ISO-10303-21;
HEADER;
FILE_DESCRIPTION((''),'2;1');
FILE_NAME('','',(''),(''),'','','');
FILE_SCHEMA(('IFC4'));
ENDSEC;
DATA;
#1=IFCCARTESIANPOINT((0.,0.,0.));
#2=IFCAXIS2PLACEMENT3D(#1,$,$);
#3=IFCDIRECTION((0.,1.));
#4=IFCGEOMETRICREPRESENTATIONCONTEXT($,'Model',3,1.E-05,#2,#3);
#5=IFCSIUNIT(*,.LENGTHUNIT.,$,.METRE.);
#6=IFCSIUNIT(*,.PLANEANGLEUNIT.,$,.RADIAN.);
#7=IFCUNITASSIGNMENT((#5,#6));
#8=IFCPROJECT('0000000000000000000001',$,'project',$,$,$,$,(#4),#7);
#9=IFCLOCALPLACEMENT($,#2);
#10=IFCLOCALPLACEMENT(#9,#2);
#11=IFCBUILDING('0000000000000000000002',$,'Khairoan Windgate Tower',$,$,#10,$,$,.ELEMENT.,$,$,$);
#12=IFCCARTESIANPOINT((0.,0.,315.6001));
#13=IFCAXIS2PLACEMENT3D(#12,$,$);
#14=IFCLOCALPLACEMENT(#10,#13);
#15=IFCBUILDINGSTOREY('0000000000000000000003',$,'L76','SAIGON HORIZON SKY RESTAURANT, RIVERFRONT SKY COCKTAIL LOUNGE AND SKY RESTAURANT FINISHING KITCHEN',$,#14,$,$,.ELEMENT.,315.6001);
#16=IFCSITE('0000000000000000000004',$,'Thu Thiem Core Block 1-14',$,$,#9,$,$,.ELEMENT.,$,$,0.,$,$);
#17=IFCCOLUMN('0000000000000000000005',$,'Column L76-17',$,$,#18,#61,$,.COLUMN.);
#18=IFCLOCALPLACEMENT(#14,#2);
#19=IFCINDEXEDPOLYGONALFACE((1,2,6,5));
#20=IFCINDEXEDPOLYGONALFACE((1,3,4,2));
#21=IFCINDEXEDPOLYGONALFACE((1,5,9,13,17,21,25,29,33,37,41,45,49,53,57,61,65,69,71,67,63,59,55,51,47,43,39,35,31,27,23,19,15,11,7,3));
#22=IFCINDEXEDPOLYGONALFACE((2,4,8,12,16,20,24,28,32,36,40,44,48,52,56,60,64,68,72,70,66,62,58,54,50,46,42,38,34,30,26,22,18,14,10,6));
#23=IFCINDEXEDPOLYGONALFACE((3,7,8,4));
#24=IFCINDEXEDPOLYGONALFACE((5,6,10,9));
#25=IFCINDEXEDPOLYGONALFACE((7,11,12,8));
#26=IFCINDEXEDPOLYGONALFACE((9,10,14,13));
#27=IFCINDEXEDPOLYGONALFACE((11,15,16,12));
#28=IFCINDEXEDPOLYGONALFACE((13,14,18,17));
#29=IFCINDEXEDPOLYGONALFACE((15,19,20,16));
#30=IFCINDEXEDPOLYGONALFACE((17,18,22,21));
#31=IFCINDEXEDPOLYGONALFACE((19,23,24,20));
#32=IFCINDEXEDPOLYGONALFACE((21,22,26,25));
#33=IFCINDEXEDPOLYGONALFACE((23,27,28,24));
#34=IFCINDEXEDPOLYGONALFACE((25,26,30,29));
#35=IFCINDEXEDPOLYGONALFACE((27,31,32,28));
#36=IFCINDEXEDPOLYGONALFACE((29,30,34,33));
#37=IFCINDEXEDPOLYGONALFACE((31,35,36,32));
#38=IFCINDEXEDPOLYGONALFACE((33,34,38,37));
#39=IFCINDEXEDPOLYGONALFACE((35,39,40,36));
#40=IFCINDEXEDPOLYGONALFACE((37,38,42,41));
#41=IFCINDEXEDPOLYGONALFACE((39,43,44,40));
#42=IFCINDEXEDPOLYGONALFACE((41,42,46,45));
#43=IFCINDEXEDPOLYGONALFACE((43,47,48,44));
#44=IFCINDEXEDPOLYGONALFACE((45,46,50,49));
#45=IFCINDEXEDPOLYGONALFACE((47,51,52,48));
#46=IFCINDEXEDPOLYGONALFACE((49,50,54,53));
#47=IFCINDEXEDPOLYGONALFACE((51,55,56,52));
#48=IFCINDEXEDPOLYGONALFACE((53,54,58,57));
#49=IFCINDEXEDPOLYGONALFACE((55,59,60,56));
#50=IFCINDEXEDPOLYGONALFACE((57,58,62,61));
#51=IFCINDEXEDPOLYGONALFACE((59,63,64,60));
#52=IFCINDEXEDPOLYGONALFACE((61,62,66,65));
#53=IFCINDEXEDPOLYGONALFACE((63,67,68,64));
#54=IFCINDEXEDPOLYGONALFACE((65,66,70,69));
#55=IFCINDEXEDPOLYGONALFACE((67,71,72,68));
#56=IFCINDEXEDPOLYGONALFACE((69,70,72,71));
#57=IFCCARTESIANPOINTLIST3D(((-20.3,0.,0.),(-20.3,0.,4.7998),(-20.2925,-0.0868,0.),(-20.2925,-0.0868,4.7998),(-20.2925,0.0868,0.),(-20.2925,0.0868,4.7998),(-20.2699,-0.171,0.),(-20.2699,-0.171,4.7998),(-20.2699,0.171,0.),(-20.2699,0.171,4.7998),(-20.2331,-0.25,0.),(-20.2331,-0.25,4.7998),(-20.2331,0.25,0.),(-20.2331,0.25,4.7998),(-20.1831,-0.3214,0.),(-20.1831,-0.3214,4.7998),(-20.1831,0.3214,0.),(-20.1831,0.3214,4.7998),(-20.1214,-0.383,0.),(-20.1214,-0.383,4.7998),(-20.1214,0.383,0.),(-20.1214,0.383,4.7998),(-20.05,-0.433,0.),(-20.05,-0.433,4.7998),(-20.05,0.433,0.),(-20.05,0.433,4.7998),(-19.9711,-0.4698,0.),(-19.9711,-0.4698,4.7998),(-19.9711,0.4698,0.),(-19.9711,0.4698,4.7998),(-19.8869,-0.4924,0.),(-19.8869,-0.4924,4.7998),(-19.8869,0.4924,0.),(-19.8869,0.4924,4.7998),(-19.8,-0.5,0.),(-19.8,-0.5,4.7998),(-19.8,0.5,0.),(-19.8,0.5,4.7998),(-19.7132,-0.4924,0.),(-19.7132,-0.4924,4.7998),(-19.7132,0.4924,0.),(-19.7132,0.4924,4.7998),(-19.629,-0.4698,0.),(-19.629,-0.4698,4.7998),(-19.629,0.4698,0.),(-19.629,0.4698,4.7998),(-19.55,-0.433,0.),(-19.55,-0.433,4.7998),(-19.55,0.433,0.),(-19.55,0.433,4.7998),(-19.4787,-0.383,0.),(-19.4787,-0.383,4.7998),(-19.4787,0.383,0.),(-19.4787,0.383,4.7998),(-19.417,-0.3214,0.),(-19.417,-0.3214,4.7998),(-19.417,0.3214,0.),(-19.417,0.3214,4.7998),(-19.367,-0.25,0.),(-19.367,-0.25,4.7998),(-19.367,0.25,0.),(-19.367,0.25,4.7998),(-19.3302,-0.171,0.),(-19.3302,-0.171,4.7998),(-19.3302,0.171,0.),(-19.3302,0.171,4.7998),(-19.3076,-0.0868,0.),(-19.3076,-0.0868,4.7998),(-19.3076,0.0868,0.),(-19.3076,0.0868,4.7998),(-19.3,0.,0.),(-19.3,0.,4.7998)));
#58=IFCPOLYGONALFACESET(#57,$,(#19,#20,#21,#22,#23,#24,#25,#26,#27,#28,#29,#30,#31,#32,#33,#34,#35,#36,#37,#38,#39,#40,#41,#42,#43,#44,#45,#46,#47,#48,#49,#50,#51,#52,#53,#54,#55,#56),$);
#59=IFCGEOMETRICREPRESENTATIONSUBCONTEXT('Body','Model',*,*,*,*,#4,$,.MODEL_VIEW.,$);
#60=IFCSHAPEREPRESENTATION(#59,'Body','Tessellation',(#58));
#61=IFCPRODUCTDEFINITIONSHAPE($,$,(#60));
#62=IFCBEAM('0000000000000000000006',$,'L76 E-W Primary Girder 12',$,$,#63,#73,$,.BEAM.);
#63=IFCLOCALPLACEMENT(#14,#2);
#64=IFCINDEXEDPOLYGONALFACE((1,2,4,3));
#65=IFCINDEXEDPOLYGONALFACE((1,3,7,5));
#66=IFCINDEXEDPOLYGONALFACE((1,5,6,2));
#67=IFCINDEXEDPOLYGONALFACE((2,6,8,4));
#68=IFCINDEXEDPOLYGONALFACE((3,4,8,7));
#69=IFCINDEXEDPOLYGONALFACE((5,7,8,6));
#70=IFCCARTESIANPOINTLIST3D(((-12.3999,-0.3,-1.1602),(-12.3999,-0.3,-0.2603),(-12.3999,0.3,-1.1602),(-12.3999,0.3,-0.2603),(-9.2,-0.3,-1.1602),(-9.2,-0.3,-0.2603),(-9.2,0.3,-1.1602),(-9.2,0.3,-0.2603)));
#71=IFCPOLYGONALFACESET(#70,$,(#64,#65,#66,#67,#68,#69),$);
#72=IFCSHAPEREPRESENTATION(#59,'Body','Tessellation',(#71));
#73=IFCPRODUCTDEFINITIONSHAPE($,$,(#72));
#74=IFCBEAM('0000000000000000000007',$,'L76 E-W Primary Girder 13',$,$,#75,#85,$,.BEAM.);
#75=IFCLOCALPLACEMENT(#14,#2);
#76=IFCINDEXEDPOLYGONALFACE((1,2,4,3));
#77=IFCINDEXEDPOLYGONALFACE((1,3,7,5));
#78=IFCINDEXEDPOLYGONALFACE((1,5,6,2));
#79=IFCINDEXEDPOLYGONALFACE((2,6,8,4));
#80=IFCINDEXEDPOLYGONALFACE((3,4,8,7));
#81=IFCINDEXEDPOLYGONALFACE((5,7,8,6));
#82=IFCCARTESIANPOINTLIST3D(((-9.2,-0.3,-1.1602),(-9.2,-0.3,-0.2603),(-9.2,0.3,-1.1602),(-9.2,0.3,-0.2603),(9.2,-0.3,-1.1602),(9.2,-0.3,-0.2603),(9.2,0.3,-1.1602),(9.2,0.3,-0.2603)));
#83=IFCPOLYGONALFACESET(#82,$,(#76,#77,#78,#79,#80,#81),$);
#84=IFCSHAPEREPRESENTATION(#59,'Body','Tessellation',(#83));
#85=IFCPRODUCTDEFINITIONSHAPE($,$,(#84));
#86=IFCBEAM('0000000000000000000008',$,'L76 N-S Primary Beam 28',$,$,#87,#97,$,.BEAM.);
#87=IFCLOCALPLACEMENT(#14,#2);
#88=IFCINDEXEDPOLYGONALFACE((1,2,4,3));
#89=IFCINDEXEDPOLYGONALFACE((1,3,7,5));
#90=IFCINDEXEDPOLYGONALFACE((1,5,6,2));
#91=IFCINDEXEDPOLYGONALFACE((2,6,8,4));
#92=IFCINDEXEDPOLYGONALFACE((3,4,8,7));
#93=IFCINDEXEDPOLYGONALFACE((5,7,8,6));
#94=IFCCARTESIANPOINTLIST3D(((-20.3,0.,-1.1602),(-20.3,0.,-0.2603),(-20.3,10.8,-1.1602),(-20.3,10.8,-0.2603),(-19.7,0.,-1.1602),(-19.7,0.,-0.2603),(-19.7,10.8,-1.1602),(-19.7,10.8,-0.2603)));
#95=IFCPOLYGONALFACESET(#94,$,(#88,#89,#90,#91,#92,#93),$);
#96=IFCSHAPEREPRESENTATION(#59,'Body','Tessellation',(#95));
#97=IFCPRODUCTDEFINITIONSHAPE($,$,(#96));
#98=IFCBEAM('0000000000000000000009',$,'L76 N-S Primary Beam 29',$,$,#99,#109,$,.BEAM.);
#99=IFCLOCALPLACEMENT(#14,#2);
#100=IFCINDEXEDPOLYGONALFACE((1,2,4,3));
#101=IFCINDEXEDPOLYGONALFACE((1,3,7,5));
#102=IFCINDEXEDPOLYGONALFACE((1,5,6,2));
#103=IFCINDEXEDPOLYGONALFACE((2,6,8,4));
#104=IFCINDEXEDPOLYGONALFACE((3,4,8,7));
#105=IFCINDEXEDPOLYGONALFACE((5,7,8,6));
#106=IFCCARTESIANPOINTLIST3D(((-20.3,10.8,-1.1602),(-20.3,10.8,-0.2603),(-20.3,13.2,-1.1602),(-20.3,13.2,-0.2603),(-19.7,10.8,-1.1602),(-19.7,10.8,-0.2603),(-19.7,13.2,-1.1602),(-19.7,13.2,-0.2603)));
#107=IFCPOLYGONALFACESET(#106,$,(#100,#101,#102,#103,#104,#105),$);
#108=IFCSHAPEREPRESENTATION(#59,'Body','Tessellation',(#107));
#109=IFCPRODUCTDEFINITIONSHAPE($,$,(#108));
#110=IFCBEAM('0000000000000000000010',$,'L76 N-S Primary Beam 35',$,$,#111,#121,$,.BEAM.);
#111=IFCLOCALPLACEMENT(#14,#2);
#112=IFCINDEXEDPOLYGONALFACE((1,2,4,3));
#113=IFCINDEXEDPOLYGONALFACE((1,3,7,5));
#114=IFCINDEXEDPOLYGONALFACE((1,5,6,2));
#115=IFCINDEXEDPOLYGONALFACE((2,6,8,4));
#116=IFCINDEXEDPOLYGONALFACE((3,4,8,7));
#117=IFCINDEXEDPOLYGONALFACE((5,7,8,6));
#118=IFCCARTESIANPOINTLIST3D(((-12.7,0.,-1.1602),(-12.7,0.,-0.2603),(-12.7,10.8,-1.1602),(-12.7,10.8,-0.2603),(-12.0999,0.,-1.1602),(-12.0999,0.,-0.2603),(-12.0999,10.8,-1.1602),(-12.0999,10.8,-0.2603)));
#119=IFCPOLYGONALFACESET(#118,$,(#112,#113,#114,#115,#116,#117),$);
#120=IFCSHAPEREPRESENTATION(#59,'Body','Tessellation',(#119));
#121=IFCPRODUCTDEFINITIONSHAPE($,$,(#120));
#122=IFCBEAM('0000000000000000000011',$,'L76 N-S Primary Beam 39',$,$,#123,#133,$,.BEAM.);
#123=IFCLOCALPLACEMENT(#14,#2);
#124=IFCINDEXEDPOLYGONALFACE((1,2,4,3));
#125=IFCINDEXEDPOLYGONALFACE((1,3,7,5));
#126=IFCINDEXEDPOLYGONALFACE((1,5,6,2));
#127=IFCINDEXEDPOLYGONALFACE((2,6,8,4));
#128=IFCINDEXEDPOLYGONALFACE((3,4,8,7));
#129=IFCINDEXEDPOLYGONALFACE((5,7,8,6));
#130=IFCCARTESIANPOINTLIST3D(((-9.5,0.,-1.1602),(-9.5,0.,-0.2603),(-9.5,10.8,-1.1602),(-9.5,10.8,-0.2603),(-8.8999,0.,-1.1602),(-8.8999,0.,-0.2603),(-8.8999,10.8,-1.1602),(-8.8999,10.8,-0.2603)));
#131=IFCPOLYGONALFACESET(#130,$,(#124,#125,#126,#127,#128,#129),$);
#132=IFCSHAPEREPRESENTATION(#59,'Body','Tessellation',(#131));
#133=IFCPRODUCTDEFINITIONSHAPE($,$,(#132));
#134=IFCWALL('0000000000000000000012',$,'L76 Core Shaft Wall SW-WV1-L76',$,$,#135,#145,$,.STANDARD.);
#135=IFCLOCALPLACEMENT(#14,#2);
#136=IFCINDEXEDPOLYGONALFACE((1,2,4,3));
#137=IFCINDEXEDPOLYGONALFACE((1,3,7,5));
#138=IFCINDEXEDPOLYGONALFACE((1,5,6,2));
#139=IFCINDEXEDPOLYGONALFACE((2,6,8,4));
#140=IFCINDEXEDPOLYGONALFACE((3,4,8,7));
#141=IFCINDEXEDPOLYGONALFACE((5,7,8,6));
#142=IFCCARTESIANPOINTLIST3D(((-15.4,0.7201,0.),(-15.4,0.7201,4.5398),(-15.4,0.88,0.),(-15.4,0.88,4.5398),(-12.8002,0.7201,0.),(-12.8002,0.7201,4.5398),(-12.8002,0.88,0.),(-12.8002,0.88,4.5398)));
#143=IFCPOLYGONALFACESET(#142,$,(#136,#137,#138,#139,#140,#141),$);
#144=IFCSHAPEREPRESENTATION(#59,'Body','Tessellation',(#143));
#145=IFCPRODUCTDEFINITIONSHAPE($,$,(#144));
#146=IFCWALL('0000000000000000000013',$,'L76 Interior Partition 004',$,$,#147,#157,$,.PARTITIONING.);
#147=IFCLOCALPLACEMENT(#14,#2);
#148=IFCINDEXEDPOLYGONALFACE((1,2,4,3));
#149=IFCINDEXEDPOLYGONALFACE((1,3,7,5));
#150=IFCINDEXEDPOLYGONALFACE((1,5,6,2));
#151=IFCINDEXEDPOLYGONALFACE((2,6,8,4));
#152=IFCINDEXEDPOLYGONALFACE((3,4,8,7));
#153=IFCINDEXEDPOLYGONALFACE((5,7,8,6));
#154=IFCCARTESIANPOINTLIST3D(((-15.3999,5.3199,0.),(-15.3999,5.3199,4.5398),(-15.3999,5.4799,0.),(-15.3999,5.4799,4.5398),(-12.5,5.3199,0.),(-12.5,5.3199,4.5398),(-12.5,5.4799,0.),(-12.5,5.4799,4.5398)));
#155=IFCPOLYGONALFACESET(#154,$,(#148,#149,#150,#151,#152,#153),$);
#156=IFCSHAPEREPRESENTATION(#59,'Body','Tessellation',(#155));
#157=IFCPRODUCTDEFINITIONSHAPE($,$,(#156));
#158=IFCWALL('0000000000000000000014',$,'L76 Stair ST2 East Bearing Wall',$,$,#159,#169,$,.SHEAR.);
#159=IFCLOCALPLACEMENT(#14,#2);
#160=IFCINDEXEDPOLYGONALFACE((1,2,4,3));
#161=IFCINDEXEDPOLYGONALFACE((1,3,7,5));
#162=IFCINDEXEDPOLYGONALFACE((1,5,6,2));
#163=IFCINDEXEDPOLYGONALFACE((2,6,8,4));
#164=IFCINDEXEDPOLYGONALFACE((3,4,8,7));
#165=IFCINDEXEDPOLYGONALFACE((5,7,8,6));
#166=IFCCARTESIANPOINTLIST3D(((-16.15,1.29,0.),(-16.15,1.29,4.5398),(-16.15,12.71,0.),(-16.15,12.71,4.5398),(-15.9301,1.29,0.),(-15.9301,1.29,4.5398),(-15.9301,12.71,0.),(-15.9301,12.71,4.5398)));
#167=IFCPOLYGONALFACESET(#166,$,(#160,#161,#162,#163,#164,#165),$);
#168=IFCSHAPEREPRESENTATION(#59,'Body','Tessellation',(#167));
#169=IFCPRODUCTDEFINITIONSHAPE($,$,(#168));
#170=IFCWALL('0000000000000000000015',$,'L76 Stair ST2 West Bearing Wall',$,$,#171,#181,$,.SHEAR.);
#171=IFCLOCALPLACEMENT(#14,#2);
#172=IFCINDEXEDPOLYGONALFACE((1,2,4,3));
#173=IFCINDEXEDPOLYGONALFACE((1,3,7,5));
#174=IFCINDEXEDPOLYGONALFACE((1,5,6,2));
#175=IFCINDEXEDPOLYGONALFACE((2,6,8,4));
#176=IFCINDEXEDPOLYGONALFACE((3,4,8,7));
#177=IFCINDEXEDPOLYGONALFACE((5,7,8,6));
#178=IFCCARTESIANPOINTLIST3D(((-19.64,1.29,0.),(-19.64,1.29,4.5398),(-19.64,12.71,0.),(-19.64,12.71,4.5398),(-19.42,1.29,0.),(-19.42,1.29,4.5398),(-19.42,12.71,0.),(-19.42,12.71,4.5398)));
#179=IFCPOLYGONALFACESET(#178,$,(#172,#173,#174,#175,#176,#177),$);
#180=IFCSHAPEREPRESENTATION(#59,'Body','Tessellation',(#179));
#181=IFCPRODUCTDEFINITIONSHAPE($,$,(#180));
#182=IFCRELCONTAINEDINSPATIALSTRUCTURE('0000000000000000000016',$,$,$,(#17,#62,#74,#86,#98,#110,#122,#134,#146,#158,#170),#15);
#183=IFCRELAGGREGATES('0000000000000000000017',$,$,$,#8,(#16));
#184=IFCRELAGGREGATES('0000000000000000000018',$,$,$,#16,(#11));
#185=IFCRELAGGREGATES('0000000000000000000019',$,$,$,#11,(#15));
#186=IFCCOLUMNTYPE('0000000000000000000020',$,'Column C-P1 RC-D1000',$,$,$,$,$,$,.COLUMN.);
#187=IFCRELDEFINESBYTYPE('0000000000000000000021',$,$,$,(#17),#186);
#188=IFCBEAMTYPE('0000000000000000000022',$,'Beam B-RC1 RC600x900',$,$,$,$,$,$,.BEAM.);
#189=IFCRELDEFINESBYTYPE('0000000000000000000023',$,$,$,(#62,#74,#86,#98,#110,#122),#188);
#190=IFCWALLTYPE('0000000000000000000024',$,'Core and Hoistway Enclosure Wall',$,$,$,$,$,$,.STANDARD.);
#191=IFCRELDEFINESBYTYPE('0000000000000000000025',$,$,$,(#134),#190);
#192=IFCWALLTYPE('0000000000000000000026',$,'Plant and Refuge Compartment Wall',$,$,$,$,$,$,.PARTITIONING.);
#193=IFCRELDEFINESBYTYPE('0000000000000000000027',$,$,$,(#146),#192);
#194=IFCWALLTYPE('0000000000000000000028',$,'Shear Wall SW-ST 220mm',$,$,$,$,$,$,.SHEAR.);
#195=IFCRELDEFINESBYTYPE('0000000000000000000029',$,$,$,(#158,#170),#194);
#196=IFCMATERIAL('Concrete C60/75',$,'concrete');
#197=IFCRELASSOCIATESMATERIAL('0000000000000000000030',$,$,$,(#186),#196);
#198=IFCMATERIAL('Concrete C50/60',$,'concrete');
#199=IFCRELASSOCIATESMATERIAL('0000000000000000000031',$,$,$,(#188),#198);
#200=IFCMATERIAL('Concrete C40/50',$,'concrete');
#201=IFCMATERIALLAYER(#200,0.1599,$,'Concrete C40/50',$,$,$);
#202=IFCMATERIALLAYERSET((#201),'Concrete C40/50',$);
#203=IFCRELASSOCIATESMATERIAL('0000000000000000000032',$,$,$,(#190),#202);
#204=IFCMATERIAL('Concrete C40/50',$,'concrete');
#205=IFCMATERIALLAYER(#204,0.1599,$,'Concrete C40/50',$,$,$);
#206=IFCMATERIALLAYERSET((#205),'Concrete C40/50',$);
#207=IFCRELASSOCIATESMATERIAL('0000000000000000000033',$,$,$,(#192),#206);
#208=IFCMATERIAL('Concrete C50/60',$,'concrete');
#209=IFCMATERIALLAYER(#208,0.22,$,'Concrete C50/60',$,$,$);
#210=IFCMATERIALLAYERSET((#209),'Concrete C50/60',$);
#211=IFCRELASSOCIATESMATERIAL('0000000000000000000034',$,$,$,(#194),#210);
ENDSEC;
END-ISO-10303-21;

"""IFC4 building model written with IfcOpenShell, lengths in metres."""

from ifc_helpers import new_model, si_unit, direction, frame, frame_2d, origin, origin_2d, place, context, subcontext, project, spatial, rectangle, circle, extrude, material, layer, layer_set, material_profile, profile_set, type_object, element, save


model = new_model("IFC4")

# Units and contexts
model_context = context("Model", 3, precision=1e-05, world=origin(), true_north=direction((0.0, 1.0)))
body_context = subcontext(model_context, "Body", "Model", "MODEL_VIEW")
ifc_project = project(units=[si_unit("LENGTHUNIT", "METRE"), si_unit("PLANEANGLEUNIT", "RADIAN")], contexts=[model_context])

# Site, building, storey
site_placement = place(None, origin())
site = spatial("IfcSite", under=ifc_project, at=site_placement, Name="Thu Thiem Core Block 1-14", CompositionType="ELEMENT", RefElevation=0.0)
building_placement = place(site_placement, origin())
building = spatial("IfcBuilding", under=site, at=building_placement, Name="Khairoan Windgate Tower", CompositionType="ELEMENT")
storey_placement = place(building_placement, frame((0.0, 0.0, 315.6001)))
storey = spatial("IfcBuildingStorey", under=building, at=storey_placement, Name="L76", Description="SAIGON HORIZON SKY RESTAURANT, RIVERFRONT SKY COCKTAIL LOUNGE AND SKY RESTAURANT FINISHING KITCHEN", CompositionType="ELEMENT", Elevation=315.6001)

# Column
ifc_material_1 = material(Name="Concrete C60/75", Category="concrete")
ifc_material_profile_1 = material_profile(ifc_material_1, circle(Radius=0.5, at=origin_2d()))
ifc_profile_set_1 = profile_set([ifc_material_profile_1], Name="Concrete C60/75")
column_type = type_object("IfcColumnType", Name="Column C-P1 RC-D1000", PredefinedType="COLUMN", material=ifc_profile_set_1)
column_placement = place(storey_placement, frame((-19.8, 0.0, 0.0), z_axis=(0.0, 0.0, 1.0), x_axis=(1.0, 0.0, 0.0)))
element("IfcColumn", 1, at=column_placement, inside=storey, type_object=column_type, Name="Column L76-17", PredefinedType="COLUMN", context=body_context, shape_type="SweptSolid", body=[
    extrude(circle(Radius=0.5, at=origin_2d()), origin(), (0.0, 0.0, 1.0), 4.7998),
])

# Beams
ifc_material_2 = material(Name="Concrete C50/60", Category="concrete")
ifc_material_profile_2 = material_profile(ifc_material_2, rectangle(XDim=0.6001, YDim=0.8999, at=origin_2d()))
ifc_profile_set_2 = profile_set([ifc_material_profile_2], Name="Concrete C50/60")
beam_type = type_object("IfcBeamType", Name="Beam B-RC1 RC600x900", PredefinedType="BEAM", material=ifc_profile_set_2)
beam_1_placement = place(storey_placement, frame((-12.3999, 0.0, -0.7102), z_axis=(1.0, 0.0, 0.0), x_axis=(0.0, 1.0, 0.0)))
element("IfcBeam", 2, at=beam_1_placement, inside=storey, type_object=beam_type, Name="L76 E-W Primary Girder 12", PredefinedType="BEAM", context=body_context, shape_type="SweptSolid", body=[
    extrude(rectangle(XDim=0.6001, YDim=0.8999, at=origin_2d()), origin(), (0.0, 0.0, 1.0), 3.2),
])
beam_2_placement = place(storey_placement, frame((-9.2, 0.0, -0.7102), z_axis=(1.0, 0.0, 0.0), x_axis=(0.0, 1.0, 0.0)))
element("IfcBeam", 3, at=beam_2_placement, inside=storey, type_object=beam_type, Name="L76 E-W Primary Girder 13", PredefinedType="BEAM", context=body_context, shape_type="SweptSolid", body=[
    extrude(rectangle(XDim=0.6001, YDim=0.8999, at=origin_2d()), origin(), (0.0, 0.0, 1.0), 18.3999),
])
beam_3_placement = place(storey_placement, frame((-20.0, 0.0, -0.7102), z_axis=(0.0, 1.0, 0.0), x_axis=(-1.0, 0.0, 0.0)))
element("IfcBeam", 4, at=beam_3_placement, inside=storey, type_object=beam_type, Name="L76 N-S Primary Beam 28", PredefinedType="BEAM", context=body_context, shape_type="SweptSolid", body=[
    extrude(rectangle(XDim=0.6001, YDim=0.8999, at=origin_2d()), origin(), (0.0, 0.0, 1.0), 10.8),
])
beam_4_placement = place(storey_placement, frame((-20.0, 10.8, -0.7102), z_axis=(0.0, 1.0, 0.0), x_axis=(-1.0, 0.0, 0.0)))
element("IfcBeam", 5, at=beam_4_placement, inside=storey, type_object=beam_type, Name="L76 N-S Primary Beam 29", PredefinedType="BEAM", context=body_context, shape_type="SweptSolid", body=[
    extrude(rectangle(XDim=0.6001, YDim=0.8999, at=origin_2d()), origin(), (0.0, 0.0, 1.0), 2.3999),
])
for number, where, z_axis, x_axis, name in (
    (6, (-12.3999, 0.0, -0.7102), (0.0, 1.0, 0.0), (-1.0, 0.0, 0.0), "L76 N-S Primary Beam 35"),
    (7, (-9.2, 0.0, -0.7102), (0.0, 1.0, 0.0), (-1.0, 0.0, 0.0), "L76 N-S Primary Beam 39"),
):
    element("IfcBeam", number, at=place(storey_placement, frame(where, z_axis=z_axis, x_axis=x_axis)), inside=storey, type_object=beam_type, Name=name, PredefinedType="BEAM", context=body_context, shape_type="SweptSolid", body=[
        extrude(rectangle(XDim=0.6001, YDim=0.8999, at=origin_2d()), origin(), (0.0, 0.0, 1.0), 10.8),
    ])

# Walls
ifc_material_3 = material(Name="Concrete C40/50", Category="concrete")
ifc_layer_1 = layer(ifc_material_3, 0.1599, Name="Concrete C40/50")
ifc_layer_set_1 = layer_set([ifc_layer_1], Name="Concrete C40/50")
wall_type_1 = type_object("IfcWallType", Name="Core and Hoistway Enclosure Wall", PredefinedType="STANDARD", material=ifc_layer_set_1)
wall_1_placement = place(storey_placement, frame((-15.3999, 0.8, 0.0), z_axis=(0.0, 0.0, 1.0), x_axis=(1.0, 0.0, 0.0)))
element("IfcWall", 8, at=wall_1_placement, inside=storey, type_object=wall_type_1, Name="L76 Core Shaft Wall SW-WV1-L76", PredefinedType="STANDARD", context=body_context, shape_type="SweptSolid", body=[
    extrude(rectangle(XDim=2.5999, YDim=0.1599, at=frame_2d((1.2998, 0.0))), origin(), (0.0, 0.0, 1.0), 4.5398),
])
ifc_material_4 = material(Name="Concrete C40/50", Category="concrete")
ifc_layer_2 = layer(ifc_material_4, 0.1599, Name="Concrete C40/50")
ifc_layer_set_2 = layer_set([ifc_layer_2], Name="Concrete C40/50")
wall_type_2 = type_object("IfcWallType", Name="Plant and Refuge Compartment Wall", PredefinedType="PARTITIONING", material=ifc_layer_set_2)
wall_2_placement = place(storey_placement, frame((-15.3999, 5.3999, 0.0), z_axis=(0.0, 0.0, 1.0), x_axis=(1.0, 0.0, 0.0)))
element("IfcWall", 9, at=wall_2_placement, inside=storey, type_object=wall_type_2, Name="L76 Interior Partition 004", PredefinedType="PARTITIONING", context=body_context, shape_type="SweptSolid", body=[
    extrude(rectangle(XDim=2.8999, YDim=0.1599, at=frame_2d((1.45, 0.0))), origin(), (0.0, 0.0, 1.0), 4.5398),
])
ifc_material_5 = material(Name="Concrete C50/60", Category="concrete")
ifc_layer_3 = layer(ifc_material_5, 0.22, Name="Concrete C50/60")
ifc_layer_set_3 = layer_set([ifc_layer_3], Name="Concrete C50/60")
wall_type_3 = type_object("IfcWallType", Name="Shear Wall SW-ST 220mm", PredefinedType="SHEAR", material=ifc_layer_set_3)
for number, where, z_axis, x_axis, name in (
    (10, (-16.04, 1.29, 0.0), (0.0, 0.0, 1.0), (0.0, 1.0, 0.0), "L76 Stair ST2 East Bearing Wall"),
    (11, (-19.53, 1.29, 0.0), (0.0, 0.0, 1.0), (0.0, 1.0, 0.0), "L76 Stair ST2 West Bearing Wall"),
):
    element("IfcWall", number, at=place(storey_placement, frame(where, z_axis=z_axis, x_axis=x_axis)), inside=storey, type_object=wall_type_3, Name=name, PredefinedType="SHEAR", context=body_context, shape_type="SweptSolid", body=[
        extrude(rectangle(XDim=11.4199, YDim=0.22, at=frame_2d((5.71, 0.0))), origin(), (0.0, 0.0, 1.0), 4.5398),
    ])

save(model, "model.ifc")
